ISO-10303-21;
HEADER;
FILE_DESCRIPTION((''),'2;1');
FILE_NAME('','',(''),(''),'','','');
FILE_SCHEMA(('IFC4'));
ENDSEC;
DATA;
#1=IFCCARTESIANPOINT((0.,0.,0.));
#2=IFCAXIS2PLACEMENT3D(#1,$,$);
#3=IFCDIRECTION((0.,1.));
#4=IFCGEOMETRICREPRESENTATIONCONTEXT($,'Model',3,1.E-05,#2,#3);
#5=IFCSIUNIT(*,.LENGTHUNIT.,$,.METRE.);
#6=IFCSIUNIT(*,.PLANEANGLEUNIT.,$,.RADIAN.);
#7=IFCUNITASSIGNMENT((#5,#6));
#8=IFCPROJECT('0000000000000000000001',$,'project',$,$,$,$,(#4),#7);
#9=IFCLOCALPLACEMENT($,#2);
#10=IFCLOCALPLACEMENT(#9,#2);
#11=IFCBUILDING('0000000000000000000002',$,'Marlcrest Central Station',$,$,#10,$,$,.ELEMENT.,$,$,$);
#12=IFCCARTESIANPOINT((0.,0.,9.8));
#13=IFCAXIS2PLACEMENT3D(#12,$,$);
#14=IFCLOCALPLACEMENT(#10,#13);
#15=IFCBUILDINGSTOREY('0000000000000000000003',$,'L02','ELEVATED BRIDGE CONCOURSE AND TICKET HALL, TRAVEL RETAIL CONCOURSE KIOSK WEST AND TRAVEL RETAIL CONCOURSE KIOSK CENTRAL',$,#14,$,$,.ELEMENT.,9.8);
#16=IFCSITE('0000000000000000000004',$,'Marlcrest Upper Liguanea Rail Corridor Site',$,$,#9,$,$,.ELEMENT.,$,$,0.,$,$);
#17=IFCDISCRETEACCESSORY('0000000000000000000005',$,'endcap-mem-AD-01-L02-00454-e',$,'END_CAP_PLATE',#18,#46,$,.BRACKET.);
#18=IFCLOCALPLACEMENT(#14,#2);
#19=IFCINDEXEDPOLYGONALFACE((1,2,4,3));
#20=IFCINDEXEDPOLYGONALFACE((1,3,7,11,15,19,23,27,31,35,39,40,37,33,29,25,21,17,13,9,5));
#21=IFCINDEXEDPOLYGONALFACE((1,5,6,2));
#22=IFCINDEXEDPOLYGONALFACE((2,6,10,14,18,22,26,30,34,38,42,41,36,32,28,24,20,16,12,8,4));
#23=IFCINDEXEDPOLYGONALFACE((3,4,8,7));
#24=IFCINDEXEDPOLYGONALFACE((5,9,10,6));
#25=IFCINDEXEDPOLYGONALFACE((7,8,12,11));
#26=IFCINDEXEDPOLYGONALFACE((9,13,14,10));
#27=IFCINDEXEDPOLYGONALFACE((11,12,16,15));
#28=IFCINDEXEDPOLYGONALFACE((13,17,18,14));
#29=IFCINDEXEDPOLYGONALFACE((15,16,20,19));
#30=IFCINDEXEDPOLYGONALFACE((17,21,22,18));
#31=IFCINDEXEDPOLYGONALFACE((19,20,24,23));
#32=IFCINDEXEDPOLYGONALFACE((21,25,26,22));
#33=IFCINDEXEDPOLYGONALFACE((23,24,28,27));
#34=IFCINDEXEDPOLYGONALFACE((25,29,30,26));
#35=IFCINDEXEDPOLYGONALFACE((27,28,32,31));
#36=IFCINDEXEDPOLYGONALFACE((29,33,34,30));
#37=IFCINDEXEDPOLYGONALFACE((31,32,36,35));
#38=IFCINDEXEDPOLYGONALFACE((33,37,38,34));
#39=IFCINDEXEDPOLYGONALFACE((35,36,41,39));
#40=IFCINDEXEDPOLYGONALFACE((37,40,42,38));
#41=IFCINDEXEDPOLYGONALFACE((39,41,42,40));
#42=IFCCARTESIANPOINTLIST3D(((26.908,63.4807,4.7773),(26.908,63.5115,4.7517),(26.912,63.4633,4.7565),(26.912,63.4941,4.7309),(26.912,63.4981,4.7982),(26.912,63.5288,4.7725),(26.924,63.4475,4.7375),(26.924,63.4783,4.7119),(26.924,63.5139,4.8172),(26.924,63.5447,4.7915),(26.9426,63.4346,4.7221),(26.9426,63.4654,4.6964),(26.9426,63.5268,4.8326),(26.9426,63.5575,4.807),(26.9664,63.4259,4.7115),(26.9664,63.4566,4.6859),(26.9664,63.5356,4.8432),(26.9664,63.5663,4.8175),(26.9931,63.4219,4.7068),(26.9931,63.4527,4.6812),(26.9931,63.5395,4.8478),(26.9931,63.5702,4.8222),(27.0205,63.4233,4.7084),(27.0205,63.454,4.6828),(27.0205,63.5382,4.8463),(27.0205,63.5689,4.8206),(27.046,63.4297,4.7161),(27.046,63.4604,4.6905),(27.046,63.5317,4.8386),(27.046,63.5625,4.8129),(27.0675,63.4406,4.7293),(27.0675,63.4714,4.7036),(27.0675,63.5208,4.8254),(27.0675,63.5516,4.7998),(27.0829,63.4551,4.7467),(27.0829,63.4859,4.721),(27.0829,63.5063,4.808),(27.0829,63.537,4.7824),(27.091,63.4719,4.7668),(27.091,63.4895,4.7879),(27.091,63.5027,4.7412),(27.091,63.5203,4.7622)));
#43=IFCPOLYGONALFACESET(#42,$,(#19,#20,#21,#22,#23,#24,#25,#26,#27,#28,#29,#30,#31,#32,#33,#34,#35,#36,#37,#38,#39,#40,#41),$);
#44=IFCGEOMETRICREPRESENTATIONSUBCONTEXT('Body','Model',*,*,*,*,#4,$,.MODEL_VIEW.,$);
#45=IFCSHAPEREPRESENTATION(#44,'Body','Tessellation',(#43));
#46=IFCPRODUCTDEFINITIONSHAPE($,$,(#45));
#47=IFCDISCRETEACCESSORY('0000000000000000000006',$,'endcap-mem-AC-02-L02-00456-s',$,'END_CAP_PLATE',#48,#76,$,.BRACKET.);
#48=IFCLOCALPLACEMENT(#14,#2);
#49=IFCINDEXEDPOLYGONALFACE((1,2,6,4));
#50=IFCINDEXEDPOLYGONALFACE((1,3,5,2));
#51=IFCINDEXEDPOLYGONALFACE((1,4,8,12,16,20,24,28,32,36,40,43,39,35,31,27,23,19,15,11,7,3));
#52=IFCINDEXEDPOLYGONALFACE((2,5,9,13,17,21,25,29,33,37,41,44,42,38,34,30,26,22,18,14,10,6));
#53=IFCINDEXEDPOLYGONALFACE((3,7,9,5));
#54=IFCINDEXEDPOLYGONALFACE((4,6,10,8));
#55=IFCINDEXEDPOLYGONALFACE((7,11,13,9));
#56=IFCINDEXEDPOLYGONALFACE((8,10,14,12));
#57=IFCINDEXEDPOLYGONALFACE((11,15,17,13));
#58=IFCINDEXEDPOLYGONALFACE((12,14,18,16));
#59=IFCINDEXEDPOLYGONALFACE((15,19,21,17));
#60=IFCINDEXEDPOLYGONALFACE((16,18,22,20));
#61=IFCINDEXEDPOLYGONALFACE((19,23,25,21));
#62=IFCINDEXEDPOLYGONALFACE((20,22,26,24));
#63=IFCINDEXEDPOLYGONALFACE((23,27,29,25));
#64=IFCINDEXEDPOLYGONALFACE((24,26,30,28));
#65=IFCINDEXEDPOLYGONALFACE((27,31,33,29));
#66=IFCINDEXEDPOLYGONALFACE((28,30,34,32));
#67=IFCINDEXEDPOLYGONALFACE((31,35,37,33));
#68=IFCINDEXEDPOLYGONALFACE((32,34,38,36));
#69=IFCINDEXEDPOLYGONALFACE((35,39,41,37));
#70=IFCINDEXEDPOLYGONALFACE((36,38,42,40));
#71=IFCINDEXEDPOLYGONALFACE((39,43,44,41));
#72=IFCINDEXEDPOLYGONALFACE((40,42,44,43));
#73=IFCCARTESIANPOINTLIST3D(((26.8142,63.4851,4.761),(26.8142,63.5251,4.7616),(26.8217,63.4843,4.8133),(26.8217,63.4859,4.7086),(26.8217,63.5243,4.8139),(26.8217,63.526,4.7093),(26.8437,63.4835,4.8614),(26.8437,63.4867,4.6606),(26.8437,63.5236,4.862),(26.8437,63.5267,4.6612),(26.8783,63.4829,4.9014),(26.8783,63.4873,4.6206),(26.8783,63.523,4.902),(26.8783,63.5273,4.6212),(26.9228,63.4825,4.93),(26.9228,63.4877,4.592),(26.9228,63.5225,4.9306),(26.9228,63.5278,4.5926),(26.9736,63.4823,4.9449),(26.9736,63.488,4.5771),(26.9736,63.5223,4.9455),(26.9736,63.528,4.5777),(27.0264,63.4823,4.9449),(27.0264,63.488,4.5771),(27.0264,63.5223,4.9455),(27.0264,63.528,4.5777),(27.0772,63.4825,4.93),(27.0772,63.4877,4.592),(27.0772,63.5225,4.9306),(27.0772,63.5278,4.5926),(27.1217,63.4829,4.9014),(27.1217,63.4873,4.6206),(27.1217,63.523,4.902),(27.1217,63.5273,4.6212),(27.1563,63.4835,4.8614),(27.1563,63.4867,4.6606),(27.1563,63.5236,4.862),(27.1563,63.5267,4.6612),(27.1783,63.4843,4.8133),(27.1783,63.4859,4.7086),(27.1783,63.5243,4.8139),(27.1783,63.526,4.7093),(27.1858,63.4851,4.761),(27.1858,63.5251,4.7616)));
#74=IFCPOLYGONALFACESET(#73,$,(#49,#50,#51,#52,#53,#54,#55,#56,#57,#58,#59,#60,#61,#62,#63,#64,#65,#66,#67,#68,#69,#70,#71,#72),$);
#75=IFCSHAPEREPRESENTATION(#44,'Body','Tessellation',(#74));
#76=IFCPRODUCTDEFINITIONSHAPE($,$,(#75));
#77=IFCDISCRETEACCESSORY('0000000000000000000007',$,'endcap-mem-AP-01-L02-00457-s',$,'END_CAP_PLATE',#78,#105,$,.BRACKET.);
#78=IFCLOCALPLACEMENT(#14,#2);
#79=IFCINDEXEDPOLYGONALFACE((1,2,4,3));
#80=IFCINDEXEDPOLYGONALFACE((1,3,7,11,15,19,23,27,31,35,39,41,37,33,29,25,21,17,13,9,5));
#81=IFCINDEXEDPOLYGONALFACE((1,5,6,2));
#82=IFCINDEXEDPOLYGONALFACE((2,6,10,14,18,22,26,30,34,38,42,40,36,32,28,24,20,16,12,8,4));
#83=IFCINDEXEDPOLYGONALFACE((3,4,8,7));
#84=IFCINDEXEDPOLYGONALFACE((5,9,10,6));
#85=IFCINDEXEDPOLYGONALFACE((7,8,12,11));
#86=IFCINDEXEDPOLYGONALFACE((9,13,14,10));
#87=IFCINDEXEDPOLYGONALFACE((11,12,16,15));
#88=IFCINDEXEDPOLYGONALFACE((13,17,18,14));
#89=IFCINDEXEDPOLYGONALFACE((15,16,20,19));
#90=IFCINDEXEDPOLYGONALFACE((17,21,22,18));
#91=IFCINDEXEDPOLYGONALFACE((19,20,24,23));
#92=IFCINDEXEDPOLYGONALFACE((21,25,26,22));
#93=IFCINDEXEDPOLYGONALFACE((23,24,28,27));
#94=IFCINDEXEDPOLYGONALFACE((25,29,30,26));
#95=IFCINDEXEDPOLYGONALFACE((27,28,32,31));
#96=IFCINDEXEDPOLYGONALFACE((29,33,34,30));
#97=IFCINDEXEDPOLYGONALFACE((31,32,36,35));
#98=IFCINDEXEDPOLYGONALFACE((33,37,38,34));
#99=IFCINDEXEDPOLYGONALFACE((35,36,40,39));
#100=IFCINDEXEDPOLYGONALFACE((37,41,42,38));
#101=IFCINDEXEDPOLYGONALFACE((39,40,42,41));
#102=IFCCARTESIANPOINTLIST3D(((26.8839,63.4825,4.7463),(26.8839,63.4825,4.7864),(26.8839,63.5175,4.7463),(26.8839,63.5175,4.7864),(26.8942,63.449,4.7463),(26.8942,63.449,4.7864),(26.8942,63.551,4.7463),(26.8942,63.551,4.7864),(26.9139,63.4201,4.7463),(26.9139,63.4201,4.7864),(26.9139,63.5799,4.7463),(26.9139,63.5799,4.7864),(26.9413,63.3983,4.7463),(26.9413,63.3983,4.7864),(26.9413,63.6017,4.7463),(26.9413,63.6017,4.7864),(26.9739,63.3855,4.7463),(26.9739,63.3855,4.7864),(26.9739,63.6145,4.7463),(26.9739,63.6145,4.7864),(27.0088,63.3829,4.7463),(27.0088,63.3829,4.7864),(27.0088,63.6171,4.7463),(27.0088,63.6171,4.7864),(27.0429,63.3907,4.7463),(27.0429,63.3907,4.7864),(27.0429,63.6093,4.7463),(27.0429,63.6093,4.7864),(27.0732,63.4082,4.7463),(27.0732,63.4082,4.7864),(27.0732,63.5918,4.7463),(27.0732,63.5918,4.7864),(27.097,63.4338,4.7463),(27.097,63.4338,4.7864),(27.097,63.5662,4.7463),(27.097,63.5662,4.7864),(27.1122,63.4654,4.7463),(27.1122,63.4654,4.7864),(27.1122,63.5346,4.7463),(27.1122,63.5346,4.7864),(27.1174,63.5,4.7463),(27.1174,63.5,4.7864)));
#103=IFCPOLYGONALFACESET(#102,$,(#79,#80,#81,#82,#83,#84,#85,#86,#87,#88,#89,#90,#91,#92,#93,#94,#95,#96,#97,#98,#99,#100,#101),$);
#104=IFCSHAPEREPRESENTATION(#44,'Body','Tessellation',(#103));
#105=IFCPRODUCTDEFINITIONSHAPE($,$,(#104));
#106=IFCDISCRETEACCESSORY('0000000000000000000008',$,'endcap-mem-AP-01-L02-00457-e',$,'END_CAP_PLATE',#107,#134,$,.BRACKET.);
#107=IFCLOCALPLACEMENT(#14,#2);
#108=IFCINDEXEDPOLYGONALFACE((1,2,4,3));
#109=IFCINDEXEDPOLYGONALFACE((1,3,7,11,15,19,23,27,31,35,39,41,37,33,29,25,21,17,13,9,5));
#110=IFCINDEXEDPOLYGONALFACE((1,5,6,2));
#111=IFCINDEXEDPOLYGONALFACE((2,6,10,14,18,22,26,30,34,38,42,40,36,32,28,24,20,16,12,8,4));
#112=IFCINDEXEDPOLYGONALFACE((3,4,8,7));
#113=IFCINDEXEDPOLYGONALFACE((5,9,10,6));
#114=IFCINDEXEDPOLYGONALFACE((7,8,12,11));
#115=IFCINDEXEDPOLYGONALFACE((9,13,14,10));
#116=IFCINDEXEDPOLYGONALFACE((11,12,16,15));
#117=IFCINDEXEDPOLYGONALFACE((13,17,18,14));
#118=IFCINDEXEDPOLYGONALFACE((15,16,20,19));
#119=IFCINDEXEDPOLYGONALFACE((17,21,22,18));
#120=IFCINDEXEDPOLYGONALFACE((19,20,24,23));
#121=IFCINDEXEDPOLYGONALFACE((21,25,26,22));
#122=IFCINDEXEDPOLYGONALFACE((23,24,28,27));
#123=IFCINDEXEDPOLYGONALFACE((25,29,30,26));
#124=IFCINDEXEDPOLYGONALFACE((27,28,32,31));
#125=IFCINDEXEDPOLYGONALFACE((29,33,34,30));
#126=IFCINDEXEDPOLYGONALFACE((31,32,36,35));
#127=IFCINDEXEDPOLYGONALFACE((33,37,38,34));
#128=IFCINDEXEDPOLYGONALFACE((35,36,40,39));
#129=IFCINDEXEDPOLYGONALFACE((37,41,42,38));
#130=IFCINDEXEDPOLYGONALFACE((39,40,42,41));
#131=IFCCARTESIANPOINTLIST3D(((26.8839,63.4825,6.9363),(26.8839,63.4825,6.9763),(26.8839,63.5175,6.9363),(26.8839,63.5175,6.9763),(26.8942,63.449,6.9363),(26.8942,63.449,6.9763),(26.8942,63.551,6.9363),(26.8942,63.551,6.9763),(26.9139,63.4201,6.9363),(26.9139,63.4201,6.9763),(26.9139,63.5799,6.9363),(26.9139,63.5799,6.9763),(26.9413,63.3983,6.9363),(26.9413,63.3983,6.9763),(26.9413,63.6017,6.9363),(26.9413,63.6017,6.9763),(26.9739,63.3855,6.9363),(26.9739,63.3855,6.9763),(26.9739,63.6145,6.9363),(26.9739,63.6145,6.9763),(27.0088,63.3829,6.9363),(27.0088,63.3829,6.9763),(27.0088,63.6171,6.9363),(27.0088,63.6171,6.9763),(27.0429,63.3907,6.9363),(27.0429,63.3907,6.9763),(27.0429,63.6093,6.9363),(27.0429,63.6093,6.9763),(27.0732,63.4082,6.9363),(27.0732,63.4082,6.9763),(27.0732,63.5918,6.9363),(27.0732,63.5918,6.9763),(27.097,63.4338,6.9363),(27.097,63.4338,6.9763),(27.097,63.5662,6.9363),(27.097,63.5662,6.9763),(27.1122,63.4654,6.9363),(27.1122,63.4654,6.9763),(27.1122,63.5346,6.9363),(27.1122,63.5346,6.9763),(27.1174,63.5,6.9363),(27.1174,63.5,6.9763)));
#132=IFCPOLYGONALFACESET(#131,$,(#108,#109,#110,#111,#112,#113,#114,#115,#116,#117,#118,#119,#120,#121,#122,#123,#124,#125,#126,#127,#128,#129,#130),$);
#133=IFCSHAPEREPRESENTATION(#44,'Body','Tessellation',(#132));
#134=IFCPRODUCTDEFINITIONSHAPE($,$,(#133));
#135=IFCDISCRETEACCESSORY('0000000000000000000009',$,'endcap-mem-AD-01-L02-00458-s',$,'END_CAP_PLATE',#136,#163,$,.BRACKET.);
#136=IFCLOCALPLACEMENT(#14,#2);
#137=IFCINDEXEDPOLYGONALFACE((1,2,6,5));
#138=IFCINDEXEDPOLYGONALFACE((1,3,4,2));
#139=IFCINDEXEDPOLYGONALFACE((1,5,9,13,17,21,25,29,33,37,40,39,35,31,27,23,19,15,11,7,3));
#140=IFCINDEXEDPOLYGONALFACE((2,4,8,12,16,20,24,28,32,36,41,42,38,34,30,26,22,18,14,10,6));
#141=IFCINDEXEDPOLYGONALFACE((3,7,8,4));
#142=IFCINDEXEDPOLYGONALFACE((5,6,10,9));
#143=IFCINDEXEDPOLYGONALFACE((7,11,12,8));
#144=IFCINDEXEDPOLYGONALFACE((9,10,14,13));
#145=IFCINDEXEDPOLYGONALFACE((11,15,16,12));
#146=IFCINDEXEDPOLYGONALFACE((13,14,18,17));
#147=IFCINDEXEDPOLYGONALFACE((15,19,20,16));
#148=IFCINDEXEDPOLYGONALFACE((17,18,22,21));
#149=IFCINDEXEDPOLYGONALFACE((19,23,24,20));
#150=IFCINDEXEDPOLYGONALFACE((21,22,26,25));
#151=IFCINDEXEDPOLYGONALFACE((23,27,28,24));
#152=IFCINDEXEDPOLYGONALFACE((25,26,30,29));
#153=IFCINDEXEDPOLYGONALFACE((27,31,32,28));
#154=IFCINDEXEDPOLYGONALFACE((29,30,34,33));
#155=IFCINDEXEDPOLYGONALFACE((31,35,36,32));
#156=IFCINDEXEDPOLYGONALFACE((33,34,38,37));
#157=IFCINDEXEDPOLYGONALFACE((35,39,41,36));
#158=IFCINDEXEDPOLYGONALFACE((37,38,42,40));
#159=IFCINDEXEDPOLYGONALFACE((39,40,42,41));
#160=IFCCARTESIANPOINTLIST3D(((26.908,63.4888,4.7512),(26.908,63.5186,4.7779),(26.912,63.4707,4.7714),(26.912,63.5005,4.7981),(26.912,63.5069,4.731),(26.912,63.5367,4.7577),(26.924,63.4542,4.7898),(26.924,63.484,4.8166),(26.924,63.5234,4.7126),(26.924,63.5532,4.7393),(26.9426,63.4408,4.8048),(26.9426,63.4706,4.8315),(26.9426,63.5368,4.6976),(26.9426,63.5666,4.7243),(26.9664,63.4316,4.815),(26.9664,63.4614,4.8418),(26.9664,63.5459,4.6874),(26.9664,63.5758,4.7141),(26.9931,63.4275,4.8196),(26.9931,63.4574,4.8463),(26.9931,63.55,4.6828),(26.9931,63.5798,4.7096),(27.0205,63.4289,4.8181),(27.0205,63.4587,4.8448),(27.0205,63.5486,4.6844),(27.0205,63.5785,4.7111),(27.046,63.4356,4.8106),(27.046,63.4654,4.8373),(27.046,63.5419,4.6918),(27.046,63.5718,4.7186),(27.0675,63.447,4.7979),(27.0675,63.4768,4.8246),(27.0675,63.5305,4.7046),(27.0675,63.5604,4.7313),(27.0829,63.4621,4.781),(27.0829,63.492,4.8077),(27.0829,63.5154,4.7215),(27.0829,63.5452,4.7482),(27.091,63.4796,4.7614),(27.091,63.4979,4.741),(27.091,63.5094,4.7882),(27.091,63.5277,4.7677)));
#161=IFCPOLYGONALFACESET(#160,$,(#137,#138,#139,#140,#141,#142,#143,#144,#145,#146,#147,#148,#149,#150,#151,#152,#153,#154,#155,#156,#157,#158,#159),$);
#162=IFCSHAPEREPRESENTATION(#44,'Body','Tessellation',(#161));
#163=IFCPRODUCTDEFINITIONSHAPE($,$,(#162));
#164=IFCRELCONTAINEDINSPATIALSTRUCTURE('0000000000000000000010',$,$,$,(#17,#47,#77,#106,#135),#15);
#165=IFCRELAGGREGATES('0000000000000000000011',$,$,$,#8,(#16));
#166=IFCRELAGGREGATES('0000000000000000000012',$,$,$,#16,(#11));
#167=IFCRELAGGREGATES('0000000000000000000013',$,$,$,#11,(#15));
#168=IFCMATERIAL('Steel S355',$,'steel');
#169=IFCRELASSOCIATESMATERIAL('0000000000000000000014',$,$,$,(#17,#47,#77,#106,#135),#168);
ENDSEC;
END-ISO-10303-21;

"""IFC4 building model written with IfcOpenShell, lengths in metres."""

from ifc_helpers import new_model, si_unit, direction, frame, origin, origin_2d, place, context, subcontext, project, spatial, circle, extrude, material, element, save


model = new_model("IFC4")

# Units and contexts
model_context = context("Model", 3, precision=1e-05, world=origin(), true_north=direction((0.0, 1.0)))
body_context = subcontext(model_context, "Body", "Model", "MODEL_VIEW")
ifc_project = project(units=[si_unit("LENGTHUNIT", "METRE"), si_unit("PLANEANGLEUNIT", "RADIAN")], contexts=[model_context])

# Site, building, storey
site_placement = place(None, origin())
site = spatial("IfcSite", under=ifc_project, at=site_placement, Name="Marlcrest Upper Liguanea Rail Corridor Site", CompositionType="ELEMENT", RefElevation=0.0)
building_placement = place(site_placement, origin())
building = spatial("IfcBuilding", under=site, at=building_placement, Name="Marlcrest Central Station", CompositionType="ELEMENT")
storey_placement = place(building_placement, frame((0.0, 0.0, 9.8)))
storey = spatial("IfcBuildingStorey", under=building, at=storey_placement, Name="L02", Description="ELEVATED BRIDGE CONCOURSE AND TICKET HALL, TRAVEL RETAIL CONCOURSE KIOSK WEST AND TRAVEL RETAIL CONCOURSE KIOSK CENTRAL", CompositionType="ELEMENT", Elevation=9.8)

# Shared definitions
ifc_material = material(Name="Steel S355", Category="steel")

# Discrete accessories
discrete_accessory_1_placement = place(storey_placement, frame((27.0, 63.4807, 4.7773), z_axis=(0.0, 0.76816, -0.640258), x_axis=(-1.0, 0.0, 0.0)))
element("IfcDiscreteAccessory", 1, at=discrete_accessory_1_placement, inside=storey, material=ifc_material, Name="endcap-mem-AD-01-L02-00454-e", ObjectType="END_CAP_PLATE", PredefinedType="BRACKET", context=body_context, shape_type="SweptSolid", body=[
    extrude(circle(Radius=0.092, at=origin_2d()), origin(), (0.0, 0.0, 1.0), 0.04),
])
discrete_accessory_2_placement = place(storey_placement, frame((27.0, 63.4851, 4.761), z_axis=(0.0, 0.999879, 0.015525), x_axis=(-1.0, 0.0, 0.0)))
element("IfcDiscreteAccessory", 2, at=discrete_accessory_2_placement, inside=storey, material=ifc_material, Name="endcap-mem-AC-02-L02-00456-s", ObjectType="END_CAP_PLATE", PredefinedType="BRACKET", context=body_context, shape_type="SweptSolid", body=[
    extrude(circle(Radius=0.1858, at=origin_2d()), origin(), (0.0, 0.0, 1.0), 0.04),
])
for number, where, z_axis, x_axis, name in (
    (3, (27.0, 63.5, 4.7463), (0.0, 0.0, 1.0), (1.0, 0.0, 0.0), "endcap-mem-AP-01-L02-00457-s"),
    (4, (27.0, 63.5, 6.9363), (0.0, 0.0, 1.0), (1.0, 0.0, 0.0), "endcap-mem-AP-01-L02-00457-e"),
):
    element("IfcDiscreteAccessory", number, at=place(storey_placement, frame(where, z_axis=z_axis, x_axis=x_axis)), inside=storey, material=ifc_material, Name=name, ObjectType="END_CAP_PLATE", PredefinedType="BRACKET", context=body_context, shape_type="SweptSolid", body=[
        extrude(circle(Radius=0.1174, at=origin_2d()), origin(), (0.0, 0.0, 1.0), 0.04),
    ])
discrete_accessory_3_placement = place(storey_placement, frame((27.0, 63.4888, 4.7512), z_axis=(0.0, 0.744956, 0.667114), x_axis=(-1.0, 0.0, 0.0)))
element("IfcDiscreteAccessory", 5, at=discrete_accessory_3_placement, inside=storey, material=ifc_material, Name="endcap-mem-AD-01-L02-00458-s", ObjectType="END_CAP_PLATE", PredefinedType="BRACKET", context=body_context, shape_type="SweptSolid", body=[
    extrude(circle(Radius=0.092, at=origin_2d()), origin(), (0.0, 0.0, 1.0), 0.04),
])

save(model, "model.ifc")
